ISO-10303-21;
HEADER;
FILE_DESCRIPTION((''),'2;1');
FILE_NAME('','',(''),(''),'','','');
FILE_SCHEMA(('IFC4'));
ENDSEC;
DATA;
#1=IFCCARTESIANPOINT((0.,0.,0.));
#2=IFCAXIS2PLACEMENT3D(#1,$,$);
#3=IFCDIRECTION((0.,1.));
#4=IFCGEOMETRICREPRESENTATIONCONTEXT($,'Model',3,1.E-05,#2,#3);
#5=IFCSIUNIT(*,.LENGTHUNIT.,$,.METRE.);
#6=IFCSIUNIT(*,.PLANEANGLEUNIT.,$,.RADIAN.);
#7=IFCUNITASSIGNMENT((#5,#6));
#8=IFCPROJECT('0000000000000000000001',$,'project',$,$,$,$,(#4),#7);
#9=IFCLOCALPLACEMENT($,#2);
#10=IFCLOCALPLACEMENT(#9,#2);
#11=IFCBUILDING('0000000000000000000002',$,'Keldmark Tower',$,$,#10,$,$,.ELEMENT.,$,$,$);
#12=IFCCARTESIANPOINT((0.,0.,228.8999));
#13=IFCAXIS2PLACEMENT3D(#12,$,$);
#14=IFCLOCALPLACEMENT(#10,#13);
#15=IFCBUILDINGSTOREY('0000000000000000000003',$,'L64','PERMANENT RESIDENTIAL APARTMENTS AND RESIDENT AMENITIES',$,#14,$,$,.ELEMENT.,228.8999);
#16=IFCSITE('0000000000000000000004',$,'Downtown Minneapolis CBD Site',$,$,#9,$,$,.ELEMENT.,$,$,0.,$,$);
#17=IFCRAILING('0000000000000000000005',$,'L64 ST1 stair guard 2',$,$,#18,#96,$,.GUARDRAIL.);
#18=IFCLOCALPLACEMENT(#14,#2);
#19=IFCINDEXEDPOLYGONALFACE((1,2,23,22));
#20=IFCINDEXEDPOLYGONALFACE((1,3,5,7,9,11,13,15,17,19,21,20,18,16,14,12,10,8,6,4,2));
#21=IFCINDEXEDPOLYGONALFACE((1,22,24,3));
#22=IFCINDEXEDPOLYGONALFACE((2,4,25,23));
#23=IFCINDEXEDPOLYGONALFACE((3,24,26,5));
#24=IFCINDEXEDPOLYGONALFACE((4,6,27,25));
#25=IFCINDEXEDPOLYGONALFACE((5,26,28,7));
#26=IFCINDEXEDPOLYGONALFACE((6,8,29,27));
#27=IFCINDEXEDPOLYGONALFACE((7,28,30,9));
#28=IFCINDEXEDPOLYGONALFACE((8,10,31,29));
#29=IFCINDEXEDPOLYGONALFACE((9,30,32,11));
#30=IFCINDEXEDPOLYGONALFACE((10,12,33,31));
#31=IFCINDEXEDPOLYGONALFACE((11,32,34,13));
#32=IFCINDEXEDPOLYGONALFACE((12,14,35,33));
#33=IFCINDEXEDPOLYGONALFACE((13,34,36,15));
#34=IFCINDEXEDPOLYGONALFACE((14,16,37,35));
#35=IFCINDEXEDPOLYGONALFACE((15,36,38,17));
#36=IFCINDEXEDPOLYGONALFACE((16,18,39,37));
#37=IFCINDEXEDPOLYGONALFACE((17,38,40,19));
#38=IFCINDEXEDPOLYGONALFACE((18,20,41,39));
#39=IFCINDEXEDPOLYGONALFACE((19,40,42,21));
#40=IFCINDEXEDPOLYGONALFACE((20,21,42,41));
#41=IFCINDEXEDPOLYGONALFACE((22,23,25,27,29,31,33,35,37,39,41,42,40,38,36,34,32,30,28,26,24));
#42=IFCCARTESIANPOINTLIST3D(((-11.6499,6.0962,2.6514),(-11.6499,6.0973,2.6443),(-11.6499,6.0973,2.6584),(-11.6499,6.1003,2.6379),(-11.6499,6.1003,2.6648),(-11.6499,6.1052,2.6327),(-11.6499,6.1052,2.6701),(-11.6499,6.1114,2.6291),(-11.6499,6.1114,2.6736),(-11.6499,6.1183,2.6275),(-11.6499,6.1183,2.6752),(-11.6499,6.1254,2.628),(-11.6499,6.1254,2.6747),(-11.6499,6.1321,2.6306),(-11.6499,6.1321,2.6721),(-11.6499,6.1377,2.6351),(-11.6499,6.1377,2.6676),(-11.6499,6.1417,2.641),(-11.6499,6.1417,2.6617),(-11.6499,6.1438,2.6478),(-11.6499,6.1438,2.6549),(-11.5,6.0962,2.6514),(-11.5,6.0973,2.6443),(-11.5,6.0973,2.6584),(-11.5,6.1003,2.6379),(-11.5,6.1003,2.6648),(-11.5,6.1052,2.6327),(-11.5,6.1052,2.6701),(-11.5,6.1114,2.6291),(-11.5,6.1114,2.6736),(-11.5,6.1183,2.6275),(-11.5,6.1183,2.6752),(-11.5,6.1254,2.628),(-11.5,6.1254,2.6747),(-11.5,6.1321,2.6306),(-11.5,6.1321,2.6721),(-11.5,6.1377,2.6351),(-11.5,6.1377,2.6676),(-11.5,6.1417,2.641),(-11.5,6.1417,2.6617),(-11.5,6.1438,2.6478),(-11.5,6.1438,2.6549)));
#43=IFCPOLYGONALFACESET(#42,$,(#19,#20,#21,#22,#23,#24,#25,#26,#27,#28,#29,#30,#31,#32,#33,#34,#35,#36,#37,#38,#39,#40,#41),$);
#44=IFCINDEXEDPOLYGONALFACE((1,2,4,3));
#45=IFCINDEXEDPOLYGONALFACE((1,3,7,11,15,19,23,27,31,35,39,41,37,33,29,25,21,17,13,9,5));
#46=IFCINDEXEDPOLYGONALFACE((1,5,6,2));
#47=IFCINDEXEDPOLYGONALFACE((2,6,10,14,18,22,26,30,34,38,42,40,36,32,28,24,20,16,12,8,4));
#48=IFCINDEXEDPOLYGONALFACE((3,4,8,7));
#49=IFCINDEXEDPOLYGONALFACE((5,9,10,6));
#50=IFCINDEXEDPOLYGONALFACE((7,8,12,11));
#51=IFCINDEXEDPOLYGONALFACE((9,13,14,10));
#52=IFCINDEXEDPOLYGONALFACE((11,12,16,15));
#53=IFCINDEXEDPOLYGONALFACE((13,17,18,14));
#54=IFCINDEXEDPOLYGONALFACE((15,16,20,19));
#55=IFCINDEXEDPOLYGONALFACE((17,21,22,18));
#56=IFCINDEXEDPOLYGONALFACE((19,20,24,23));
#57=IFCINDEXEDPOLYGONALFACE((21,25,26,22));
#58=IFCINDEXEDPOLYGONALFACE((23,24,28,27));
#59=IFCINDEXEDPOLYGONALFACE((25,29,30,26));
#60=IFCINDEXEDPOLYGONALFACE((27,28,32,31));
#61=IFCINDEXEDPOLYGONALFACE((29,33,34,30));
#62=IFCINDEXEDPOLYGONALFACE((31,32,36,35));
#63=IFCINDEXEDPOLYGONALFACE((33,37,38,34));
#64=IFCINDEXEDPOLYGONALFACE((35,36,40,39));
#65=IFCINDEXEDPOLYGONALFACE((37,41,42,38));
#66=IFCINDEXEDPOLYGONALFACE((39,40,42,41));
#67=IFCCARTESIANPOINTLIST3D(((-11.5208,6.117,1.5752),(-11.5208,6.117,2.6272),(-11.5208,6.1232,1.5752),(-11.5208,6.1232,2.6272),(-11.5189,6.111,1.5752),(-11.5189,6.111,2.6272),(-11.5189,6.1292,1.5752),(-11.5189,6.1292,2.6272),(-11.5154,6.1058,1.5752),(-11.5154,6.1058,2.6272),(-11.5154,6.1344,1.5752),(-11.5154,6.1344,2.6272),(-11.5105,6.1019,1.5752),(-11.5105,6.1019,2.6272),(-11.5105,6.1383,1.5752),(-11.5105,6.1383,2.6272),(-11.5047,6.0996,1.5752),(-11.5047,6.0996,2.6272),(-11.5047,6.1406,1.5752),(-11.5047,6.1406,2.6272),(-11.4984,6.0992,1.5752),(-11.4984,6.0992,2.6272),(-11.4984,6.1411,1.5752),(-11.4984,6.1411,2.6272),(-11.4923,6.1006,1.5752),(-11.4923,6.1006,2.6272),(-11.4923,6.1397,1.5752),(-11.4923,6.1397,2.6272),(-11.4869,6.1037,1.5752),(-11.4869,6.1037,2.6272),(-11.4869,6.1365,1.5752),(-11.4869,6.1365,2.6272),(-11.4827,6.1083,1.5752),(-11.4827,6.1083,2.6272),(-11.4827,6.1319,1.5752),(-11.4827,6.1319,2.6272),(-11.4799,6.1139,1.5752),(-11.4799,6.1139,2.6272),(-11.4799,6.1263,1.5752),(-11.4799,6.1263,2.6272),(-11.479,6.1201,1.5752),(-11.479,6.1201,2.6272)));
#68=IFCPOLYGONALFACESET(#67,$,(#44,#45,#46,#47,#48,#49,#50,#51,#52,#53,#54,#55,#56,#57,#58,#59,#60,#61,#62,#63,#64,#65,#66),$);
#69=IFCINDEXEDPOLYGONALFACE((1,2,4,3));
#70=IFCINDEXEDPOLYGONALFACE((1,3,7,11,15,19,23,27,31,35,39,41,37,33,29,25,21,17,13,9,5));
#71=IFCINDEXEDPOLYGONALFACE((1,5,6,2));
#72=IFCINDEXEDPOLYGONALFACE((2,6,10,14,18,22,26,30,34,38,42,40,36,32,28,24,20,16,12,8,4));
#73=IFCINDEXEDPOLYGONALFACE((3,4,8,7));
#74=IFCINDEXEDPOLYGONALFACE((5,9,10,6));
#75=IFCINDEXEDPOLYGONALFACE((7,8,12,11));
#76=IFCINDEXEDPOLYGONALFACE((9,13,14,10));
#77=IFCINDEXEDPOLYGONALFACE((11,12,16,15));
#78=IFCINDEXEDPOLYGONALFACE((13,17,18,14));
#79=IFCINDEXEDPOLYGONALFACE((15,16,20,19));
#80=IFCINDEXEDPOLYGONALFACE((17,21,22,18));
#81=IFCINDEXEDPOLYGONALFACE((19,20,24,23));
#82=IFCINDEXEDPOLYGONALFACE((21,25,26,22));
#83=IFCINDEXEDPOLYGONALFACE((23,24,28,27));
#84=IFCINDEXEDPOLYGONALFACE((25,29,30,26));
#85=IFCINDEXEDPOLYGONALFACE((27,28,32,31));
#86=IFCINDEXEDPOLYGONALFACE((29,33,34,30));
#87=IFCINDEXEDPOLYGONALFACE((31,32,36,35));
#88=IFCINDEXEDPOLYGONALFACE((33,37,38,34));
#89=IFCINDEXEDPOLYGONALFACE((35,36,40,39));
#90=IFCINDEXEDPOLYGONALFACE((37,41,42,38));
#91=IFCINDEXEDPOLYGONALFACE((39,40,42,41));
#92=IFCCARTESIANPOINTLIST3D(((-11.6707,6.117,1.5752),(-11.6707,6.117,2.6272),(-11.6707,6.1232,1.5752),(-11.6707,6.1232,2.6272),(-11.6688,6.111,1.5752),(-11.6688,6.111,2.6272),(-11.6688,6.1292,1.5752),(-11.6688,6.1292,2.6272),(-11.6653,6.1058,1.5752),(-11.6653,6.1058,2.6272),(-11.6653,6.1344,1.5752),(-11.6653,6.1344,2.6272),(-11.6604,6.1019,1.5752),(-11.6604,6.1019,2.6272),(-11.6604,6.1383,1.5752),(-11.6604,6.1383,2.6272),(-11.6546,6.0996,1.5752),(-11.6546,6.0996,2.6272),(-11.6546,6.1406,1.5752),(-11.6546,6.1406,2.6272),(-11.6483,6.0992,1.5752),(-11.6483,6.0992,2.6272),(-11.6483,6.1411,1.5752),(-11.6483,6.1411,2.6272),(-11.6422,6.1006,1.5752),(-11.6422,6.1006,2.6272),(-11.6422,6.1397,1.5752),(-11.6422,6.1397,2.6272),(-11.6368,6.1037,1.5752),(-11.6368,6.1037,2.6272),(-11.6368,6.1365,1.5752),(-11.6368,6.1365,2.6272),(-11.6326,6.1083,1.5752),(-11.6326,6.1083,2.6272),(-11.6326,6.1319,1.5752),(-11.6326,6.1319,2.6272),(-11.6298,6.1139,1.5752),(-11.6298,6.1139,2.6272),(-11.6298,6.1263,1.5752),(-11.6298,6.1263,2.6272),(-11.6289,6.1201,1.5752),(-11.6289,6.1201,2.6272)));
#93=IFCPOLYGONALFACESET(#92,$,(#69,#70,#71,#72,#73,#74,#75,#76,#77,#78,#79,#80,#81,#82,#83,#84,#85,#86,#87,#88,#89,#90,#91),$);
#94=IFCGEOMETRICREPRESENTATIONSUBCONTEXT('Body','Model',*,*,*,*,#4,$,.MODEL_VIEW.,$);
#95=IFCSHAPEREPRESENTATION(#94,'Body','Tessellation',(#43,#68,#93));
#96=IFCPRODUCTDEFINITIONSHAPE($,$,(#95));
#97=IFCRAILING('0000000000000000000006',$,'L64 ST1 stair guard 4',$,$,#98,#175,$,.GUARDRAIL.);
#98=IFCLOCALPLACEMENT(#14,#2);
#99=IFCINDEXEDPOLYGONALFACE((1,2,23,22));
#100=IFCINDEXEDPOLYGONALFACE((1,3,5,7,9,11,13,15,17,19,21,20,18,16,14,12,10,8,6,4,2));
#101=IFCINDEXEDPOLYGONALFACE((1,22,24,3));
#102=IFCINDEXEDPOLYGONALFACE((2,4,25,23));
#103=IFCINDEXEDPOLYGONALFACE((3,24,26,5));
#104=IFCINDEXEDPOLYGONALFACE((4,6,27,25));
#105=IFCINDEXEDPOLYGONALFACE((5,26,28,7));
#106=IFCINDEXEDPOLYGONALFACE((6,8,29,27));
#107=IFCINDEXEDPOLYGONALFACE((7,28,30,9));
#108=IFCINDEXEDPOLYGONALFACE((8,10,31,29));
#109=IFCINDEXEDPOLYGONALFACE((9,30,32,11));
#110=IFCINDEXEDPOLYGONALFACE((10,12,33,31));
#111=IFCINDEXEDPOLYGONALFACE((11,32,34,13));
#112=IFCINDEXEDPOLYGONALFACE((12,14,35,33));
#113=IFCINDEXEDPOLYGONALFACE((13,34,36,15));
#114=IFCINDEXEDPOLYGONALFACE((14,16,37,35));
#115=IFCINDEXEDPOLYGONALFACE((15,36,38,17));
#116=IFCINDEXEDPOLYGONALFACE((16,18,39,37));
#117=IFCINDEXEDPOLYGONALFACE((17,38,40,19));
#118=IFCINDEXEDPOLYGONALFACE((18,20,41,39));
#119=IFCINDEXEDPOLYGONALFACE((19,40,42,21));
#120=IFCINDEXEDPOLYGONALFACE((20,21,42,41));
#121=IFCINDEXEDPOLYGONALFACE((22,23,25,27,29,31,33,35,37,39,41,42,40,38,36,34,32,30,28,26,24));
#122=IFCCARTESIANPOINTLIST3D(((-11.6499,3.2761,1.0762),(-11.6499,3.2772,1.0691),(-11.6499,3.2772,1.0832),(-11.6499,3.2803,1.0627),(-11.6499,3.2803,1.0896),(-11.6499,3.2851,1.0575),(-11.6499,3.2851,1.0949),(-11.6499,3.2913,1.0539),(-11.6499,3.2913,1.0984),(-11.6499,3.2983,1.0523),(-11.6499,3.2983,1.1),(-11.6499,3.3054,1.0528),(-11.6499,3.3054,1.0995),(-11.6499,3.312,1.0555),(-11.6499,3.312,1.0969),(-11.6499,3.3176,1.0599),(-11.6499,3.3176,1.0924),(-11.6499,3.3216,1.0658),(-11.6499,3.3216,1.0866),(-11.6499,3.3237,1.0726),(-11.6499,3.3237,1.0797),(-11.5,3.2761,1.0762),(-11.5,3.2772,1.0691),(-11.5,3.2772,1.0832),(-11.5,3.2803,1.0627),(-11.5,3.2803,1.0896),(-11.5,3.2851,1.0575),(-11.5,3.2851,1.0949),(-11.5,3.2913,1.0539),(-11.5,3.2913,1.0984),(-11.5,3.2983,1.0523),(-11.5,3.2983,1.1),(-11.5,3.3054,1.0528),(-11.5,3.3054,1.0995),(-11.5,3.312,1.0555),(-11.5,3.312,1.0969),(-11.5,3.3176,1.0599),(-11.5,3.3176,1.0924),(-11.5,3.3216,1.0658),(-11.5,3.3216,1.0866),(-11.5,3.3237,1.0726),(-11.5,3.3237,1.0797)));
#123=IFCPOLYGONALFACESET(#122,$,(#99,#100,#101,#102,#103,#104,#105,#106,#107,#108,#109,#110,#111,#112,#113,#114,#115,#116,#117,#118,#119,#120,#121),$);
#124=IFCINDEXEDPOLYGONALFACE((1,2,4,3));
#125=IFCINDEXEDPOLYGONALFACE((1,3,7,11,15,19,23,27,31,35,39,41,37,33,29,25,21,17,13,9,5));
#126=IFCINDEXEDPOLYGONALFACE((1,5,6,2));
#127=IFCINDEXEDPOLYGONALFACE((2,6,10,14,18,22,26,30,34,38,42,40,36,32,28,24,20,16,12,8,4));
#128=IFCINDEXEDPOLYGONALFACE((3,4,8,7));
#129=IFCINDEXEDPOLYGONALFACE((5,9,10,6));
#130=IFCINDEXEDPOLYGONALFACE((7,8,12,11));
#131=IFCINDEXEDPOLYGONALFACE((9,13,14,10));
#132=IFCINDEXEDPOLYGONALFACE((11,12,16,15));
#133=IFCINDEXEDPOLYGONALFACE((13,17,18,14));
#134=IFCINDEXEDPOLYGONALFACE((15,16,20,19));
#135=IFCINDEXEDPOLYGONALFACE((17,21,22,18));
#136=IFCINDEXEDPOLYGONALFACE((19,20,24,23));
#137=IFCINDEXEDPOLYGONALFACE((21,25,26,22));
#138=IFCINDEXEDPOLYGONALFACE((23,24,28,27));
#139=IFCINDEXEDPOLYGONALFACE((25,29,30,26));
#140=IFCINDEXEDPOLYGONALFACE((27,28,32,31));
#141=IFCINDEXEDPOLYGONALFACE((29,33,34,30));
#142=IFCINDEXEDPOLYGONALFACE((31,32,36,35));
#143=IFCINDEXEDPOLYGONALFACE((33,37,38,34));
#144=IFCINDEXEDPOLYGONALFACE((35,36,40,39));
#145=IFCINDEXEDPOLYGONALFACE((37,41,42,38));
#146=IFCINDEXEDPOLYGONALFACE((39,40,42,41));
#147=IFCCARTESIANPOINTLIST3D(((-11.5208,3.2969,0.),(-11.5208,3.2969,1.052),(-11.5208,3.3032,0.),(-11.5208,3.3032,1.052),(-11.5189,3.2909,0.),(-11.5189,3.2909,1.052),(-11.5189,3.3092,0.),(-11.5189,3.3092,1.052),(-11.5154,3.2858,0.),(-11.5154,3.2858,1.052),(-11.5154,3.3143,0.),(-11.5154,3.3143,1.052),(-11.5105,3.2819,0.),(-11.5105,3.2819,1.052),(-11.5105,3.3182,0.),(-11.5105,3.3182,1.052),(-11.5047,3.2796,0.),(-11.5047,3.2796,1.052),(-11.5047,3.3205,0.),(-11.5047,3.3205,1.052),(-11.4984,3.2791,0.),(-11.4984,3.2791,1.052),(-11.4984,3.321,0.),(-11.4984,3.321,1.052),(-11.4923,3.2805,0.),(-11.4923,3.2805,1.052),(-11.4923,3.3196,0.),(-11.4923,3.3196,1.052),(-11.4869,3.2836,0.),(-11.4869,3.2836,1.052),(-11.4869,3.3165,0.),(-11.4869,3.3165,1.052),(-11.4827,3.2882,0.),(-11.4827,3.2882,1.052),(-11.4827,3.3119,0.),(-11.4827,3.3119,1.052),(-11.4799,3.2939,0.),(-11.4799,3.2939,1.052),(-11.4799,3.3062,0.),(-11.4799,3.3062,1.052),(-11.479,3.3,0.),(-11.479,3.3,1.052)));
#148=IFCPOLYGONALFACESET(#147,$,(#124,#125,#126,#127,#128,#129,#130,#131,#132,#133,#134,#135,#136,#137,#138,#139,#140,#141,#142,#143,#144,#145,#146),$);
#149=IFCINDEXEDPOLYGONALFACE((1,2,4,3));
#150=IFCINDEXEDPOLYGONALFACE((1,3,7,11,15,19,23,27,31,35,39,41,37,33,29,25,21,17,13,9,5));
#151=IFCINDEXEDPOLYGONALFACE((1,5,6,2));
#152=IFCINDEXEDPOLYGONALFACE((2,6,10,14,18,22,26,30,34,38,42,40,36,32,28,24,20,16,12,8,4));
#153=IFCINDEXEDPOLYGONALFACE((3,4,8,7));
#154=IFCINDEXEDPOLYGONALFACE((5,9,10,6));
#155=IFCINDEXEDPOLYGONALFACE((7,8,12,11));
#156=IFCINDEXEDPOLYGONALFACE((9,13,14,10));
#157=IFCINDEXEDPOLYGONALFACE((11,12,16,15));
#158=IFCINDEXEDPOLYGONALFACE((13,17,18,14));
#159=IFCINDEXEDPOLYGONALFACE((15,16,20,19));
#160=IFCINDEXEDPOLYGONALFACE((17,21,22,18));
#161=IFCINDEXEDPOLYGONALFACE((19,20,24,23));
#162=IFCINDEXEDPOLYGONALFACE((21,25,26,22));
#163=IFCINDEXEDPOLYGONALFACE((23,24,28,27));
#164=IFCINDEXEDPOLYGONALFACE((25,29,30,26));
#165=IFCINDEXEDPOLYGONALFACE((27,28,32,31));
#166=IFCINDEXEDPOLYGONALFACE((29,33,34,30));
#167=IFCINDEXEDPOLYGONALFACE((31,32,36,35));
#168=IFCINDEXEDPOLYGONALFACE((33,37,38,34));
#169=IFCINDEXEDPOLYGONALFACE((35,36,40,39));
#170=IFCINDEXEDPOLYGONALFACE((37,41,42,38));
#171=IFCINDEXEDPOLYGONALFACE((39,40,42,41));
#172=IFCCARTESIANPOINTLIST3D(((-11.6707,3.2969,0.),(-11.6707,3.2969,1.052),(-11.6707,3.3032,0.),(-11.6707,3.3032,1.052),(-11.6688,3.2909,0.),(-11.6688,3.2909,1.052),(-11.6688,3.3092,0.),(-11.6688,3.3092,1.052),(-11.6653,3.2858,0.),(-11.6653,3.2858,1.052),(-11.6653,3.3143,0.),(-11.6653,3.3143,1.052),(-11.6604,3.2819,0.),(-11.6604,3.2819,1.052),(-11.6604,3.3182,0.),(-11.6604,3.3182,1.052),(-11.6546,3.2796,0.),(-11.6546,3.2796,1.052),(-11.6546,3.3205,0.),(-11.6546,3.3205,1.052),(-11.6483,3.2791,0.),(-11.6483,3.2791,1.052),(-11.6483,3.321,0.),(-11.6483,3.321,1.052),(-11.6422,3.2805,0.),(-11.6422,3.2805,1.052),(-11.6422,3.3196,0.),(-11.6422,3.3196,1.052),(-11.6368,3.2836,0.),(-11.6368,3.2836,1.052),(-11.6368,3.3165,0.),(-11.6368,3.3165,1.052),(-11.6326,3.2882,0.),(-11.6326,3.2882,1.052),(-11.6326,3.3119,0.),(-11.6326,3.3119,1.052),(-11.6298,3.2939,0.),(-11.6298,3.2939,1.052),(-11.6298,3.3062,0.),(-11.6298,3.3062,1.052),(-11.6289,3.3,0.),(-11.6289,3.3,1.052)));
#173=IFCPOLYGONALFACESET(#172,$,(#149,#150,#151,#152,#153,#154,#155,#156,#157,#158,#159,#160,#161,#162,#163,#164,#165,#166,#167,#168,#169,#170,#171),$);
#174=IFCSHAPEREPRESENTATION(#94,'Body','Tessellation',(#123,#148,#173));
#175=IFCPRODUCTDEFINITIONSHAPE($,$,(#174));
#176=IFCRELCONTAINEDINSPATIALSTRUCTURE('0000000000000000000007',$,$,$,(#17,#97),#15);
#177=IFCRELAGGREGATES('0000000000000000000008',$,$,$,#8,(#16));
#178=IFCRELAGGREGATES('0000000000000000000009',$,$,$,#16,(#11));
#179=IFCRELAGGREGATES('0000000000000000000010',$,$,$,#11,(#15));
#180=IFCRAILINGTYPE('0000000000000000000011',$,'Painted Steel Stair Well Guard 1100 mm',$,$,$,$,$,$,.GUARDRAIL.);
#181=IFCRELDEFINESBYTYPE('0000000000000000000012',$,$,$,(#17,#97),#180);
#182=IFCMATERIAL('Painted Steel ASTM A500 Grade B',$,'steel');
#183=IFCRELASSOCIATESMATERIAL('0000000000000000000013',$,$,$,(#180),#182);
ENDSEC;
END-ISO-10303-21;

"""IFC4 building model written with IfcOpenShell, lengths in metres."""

from ifc_helpers import new_model, si_unit, direction, frame, origin, origin_2d, place, context, subcontext, project, spatial, circle, extrude, material, type_object, element, save


model = new_model("IFC4")

# Units and contexts
model_context = context("Model", 3, precision=1e-05, world=origin(), true_north=direction((0.0, 1.0)))
body_context = subcontext(model_context, "Body", "Model", "MODEL_VIEW")
ifc_project = project(units=[si_unit("LENGTHUNIT", "METRE"), si_unit("PLANEANGLEUNIT", "RADIAN")], contexts=[model_context])

# Site, building, storey
site_placement = place(None, origin())
site = spatial("IfcSite", under=ifc_project, at=site_placement, Name="Downtown Minneapolis CBD Site", CompositionType="ELEMENT", RefElevation=0.0)
building_placement = place(site_placement, origin())
building = spatial("IfcBuilding", under=site, at=building_placement, Name="Keldmark Tower", CompositionType="ELEMENT")
storey_placement = place(building_placement, frame((0.0, 0.0, 228.8999)))
storey = spatial("IfcBuildingStorey", under=building, at=storey_placement, Name="L64", Description="PERMANENT RESIDENTIAL APARTMENTS AND RESIDENT AMENITIES", CompositionType="ELEMENT", Elevation=228.8999)

# Railings
ifc_material_1 = material(Name="Painted Steel ASTM A500 Grade B", Category="steel")
railing_type_1 = type_object("IfcRailingType", Name="Painted Steel Stair Well Guard 1100 mm", PredefinedType="GUARDRAIL", material=ifc_material_1)
for number, where, name in (
    (1, (-11.5, 6.1201, 1.5752), "L64 ST1 stair guard 2"),
    (2, (-11.5, 3.3, 0.0), "L64 ST1 stair guard 4"),
):
    element("IfcRailing", number, at=place(storey_placement, frame(where)), inside=storey, type_object=railing_type_1, Name=name, PredefinedType="GUARDRAIL", context=body_context, shape_type="SweptSolid", body=[
        extrude(circle(Radius=0.0239, at=origin_2d()), frame((0.0, 0.0, 1.0762), z_axis=(-1.0, 0.0, 0.0), x_axis=(0.0, -1.0, 0.0)), (0.0, 0.0, 1.0), 0.1499),
        extrude(circle(Radius=0.021, at=origin_2d()), origin(), (0.0, 0.0, 1.0), 1.052),
        extrude(circle(Radius=0.021, at=origin_2d()), frame((-0.1499, 0.0, 0.0)), (0.0, 0.0, 1.0), 1.052),
    ])

save(model, "model.ifc")
